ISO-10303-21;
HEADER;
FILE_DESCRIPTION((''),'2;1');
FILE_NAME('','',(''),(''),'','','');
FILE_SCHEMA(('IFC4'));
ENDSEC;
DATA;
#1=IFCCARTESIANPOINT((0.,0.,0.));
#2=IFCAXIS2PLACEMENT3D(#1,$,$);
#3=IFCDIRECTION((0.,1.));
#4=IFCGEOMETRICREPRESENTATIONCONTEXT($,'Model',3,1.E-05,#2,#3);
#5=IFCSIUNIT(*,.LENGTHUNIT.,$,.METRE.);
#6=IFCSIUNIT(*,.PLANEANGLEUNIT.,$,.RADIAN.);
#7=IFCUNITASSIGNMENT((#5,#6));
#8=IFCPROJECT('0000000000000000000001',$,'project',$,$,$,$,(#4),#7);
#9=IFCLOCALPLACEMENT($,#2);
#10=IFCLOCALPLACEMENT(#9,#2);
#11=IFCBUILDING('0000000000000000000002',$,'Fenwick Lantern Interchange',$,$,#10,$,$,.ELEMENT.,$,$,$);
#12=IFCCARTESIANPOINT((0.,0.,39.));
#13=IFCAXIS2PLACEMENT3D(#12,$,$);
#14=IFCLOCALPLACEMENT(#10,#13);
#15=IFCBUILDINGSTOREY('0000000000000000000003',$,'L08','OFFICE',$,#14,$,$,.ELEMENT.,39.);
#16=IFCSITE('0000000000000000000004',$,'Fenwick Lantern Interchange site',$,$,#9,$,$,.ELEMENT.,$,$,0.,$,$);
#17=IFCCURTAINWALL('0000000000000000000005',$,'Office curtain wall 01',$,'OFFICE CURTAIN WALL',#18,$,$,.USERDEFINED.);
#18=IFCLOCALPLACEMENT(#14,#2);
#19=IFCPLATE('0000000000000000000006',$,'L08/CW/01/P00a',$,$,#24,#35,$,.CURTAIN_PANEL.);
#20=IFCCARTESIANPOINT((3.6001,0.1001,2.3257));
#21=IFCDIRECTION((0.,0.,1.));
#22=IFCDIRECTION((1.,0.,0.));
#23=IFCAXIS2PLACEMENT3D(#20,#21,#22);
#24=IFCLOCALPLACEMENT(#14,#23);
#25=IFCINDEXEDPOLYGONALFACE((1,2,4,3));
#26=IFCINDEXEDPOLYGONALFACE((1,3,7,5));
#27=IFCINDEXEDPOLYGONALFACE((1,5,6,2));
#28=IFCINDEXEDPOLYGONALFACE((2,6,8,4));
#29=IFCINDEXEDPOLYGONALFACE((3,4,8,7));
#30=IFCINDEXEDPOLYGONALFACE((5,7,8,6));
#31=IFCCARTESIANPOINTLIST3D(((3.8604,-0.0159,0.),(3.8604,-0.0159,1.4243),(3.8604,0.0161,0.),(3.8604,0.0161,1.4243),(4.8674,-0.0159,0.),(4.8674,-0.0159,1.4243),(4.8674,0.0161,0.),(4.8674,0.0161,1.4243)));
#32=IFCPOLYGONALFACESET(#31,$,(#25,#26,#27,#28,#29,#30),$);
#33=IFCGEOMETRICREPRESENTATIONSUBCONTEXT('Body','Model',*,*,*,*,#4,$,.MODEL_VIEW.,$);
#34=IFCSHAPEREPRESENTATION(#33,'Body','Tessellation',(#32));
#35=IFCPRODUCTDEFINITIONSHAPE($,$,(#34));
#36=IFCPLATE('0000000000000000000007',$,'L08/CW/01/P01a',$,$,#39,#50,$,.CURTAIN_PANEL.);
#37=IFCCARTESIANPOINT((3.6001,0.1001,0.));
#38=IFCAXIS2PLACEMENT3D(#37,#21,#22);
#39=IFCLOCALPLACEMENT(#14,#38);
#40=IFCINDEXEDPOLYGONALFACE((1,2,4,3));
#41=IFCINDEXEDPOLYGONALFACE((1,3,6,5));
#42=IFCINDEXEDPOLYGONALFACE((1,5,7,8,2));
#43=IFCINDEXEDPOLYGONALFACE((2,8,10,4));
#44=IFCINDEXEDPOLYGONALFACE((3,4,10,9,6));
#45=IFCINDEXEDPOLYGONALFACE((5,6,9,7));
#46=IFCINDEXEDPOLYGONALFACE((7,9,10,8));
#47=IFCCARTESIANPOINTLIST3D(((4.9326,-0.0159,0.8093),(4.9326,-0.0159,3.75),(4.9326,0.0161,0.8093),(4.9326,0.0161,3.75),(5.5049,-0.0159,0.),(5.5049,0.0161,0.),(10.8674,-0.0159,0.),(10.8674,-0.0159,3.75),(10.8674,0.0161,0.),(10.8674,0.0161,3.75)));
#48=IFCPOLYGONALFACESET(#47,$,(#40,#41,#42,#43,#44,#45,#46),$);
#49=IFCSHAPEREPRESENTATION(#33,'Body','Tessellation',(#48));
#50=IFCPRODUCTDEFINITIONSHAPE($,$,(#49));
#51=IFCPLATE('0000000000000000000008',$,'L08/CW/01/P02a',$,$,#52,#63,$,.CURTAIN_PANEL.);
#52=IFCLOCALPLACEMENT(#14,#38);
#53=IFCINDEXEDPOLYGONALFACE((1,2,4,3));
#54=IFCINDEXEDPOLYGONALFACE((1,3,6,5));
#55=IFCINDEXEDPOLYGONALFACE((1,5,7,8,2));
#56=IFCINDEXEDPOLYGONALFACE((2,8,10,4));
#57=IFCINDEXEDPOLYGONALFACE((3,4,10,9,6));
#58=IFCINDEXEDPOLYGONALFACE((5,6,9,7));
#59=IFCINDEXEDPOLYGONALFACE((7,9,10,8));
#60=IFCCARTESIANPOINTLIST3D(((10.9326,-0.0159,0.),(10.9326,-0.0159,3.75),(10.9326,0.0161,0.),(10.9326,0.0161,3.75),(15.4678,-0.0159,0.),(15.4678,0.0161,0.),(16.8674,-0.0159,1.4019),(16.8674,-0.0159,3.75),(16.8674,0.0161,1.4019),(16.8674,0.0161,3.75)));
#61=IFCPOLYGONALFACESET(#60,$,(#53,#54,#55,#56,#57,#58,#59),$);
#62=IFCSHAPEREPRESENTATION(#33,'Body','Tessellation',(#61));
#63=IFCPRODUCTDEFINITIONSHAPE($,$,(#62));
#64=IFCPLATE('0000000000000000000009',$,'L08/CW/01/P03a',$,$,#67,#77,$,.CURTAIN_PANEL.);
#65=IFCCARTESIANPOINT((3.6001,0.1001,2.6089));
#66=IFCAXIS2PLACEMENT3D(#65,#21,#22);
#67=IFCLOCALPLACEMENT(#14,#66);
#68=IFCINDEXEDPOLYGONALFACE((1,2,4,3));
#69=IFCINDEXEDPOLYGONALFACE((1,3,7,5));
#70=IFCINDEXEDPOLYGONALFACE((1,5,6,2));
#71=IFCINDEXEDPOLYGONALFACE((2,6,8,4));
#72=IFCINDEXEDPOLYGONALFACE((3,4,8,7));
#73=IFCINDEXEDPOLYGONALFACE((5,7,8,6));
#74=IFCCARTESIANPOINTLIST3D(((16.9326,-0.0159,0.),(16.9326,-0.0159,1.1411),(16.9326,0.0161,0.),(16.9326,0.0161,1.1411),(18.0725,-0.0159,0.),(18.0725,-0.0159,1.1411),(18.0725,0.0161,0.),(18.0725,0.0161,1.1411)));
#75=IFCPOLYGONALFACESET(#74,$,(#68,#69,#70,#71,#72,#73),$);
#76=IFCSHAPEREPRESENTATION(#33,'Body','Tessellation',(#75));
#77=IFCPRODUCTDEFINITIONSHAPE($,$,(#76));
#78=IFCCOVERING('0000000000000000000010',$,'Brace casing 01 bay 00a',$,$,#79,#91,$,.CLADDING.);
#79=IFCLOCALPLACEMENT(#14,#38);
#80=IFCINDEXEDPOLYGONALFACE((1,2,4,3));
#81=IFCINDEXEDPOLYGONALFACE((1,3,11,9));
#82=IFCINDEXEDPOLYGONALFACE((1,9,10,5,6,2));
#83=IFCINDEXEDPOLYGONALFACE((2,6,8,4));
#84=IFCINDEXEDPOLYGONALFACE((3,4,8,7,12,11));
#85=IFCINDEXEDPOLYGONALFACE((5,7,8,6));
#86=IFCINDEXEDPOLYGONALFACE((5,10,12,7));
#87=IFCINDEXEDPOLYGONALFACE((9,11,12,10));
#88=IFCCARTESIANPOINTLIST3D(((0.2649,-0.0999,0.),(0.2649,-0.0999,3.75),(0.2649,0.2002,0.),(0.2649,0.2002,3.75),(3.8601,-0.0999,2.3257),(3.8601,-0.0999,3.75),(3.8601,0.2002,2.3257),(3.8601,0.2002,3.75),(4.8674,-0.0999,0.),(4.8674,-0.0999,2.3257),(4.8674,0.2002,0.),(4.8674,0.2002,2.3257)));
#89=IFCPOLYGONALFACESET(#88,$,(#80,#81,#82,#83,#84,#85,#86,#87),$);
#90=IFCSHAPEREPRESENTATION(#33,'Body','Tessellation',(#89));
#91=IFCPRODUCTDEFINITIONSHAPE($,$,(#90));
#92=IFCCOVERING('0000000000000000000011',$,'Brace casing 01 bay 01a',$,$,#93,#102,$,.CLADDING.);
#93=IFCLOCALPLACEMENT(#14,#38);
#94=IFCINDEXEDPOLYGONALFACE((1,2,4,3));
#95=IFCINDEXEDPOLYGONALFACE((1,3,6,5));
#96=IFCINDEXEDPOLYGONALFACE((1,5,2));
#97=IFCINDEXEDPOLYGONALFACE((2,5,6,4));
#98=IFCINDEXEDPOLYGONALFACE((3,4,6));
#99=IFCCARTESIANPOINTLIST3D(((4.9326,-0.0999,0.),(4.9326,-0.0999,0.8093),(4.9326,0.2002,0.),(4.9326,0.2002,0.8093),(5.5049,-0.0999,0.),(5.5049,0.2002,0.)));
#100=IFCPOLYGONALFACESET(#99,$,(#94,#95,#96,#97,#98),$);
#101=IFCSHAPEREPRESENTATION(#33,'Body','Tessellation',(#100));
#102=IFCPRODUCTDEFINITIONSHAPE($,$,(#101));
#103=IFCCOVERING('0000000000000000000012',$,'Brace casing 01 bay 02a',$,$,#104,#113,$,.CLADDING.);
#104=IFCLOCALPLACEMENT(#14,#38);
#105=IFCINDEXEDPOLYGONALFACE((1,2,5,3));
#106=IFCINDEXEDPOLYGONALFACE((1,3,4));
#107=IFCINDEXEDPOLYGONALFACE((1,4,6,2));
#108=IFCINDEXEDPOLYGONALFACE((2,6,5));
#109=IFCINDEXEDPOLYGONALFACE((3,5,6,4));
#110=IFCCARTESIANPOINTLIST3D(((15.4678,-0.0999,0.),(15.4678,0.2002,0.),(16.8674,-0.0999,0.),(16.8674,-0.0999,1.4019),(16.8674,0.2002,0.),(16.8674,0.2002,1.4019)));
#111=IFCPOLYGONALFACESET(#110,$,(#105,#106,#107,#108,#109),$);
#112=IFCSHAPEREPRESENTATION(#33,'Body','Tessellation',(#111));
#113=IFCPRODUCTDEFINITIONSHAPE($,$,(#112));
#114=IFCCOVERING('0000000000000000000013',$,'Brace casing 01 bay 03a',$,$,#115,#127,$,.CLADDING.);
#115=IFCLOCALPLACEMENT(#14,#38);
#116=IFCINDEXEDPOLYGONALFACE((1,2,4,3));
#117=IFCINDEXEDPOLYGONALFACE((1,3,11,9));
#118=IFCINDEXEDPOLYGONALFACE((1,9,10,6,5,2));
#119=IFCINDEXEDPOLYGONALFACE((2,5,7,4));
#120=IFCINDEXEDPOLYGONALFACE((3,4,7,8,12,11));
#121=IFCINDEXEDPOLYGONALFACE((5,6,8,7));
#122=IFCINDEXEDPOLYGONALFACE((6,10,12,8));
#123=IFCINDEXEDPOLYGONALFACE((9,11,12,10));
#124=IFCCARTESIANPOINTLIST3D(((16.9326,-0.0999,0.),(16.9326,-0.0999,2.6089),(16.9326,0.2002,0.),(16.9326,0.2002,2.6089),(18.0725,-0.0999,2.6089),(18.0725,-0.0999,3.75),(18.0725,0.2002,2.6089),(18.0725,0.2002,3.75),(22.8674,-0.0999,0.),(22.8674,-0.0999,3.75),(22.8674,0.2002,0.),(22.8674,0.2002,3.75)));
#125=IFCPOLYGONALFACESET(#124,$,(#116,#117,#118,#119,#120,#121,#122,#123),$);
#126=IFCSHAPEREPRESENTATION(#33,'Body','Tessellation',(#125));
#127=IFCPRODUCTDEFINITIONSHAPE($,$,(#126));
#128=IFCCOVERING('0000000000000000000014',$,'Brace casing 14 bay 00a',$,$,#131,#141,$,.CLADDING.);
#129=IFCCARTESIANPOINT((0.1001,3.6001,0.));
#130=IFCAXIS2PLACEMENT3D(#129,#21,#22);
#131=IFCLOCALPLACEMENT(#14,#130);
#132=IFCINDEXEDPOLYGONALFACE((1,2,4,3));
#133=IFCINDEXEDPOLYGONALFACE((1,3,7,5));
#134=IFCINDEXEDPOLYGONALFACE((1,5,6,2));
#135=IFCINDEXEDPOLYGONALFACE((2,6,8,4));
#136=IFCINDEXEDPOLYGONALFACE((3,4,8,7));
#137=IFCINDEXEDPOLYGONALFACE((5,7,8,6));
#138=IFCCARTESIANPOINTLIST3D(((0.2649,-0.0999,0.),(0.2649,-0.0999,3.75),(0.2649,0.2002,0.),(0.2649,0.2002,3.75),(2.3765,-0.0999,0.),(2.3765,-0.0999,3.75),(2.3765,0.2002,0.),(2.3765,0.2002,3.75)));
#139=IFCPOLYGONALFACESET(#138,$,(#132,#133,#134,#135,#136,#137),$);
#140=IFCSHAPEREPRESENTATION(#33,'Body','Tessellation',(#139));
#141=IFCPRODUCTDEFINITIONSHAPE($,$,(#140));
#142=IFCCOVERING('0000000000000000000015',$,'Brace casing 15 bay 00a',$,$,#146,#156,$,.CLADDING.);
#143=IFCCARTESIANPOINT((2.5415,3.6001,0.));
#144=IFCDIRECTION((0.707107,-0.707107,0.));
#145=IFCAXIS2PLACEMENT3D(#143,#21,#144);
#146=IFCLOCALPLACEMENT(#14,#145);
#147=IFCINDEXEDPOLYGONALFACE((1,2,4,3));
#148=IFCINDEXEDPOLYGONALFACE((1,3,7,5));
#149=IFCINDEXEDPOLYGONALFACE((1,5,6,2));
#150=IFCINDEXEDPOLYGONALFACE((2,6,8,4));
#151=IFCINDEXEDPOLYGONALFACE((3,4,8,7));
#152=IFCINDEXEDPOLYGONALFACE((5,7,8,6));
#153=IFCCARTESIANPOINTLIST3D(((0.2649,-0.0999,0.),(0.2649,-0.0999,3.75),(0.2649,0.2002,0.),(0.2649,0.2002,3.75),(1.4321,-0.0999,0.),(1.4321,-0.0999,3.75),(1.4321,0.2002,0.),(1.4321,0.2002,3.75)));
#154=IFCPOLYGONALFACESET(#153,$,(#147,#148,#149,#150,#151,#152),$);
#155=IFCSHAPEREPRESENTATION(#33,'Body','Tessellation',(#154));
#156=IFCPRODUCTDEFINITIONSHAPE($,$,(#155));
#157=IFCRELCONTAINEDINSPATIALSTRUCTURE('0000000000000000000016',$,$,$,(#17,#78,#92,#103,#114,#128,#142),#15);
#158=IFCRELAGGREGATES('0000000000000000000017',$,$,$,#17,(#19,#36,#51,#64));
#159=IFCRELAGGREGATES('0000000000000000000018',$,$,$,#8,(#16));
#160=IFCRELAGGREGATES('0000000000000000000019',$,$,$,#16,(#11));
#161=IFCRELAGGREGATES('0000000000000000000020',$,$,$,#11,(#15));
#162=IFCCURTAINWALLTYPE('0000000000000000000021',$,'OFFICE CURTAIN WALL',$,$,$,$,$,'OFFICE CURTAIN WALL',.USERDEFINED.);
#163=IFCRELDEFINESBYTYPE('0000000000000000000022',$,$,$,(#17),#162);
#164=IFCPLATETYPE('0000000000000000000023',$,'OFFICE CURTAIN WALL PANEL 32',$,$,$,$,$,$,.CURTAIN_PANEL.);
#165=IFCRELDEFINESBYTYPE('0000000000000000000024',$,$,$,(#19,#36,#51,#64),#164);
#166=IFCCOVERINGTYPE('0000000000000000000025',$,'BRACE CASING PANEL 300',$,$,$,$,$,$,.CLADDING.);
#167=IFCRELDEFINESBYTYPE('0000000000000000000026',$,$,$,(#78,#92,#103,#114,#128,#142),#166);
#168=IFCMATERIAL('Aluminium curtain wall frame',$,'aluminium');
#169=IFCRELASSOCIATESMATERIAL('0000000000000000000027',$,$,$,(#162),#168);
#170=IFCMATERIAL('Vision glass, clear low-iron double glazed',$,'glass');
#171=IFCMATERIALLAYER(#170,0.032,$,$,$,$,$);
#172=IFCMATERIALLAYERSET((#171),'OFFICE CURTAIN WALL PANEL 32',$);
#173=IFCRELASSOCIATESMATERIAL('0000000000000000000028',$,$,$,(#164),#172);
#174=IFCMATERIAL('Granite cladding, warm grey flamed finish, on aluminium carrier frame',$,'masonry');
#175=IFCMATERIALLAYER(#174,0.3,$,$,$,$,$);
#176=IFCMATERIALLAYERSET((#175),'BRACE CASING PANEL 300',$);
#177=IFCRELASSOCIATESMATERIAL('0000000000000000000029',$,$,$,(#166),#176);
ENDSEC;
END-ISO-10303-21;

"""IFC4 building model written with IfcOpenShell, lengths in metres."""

from ifc_helpers import new_model, si_unit, direction, frame, origin, place, context, subcontext, project, spatial, polyline, outline, extrude, material, layer, layer_set, type_object, element, aggregate, save


model = new_model("IFC4")

# Units and contexts
model_context = context("Model", 3, precision=1e-05, world=origin(), true_north=direction((0.0, 1.0)))
body_context = subcontext(model_context, "Body", "Model", "MODEL_VIEW")
ifc_project = project(units=[si_unit("LENGTHUNIT", "METRE"), si_unit("PLANEANGLEUNIT", "RADIAN")], contexts=[model_context])

# Site, building, storey
site_placement = place(None, origin())
site = spatial("IfcSite", under=ifc_project, at=site_placement, Name="Fenwick Lantern Interchange site", CompositionType="ELEMENT", RefElevation=0.0)
building_placement = place(site_placement, origin())
building = spatial("IfcBuilding", under=site, at=building_placement, Name="Fenwick Lantern Interchange", CompositionType="ELEMENT")
storey_placement = place(building_placement, frame((0.0, 0.0, 39.0)))
storey = spatial("IfcBuildingStorey", under=building, at=storey_placement, Name="L08", Description="OFFICE", CompositionType="ELEMENT", Elevation=39.0)

# Shared definitions
ifc_material_1 = material(Name="Aluminium curtain wall frame", Category="aluminium")
curtain_wall_type = type_object("IfcCurtainWallType", Name="OFFICE CURTAIN WALL", ElementType="OFFICE CURTAIN WALL", PredefinedType="USERDEFINED", material=ifc_material_1)

# Curtain wall, plates
curtain_wall_1_placement = place(storey_placement, origin())
curtain_wall_1 = element("IfcCurtainWall", 1, at=curtain_wall_1_placement, inside=storey, type_object=curtain_wall_type, Name="Office curtain wall 01", ObjectType="OFFICE CURTAIN WALL", PredefinedType="USERDEFINED")
ifc_material_2 = material(Name="Vision glass, clear low-iron double glazed", Category="glass")
ifc_layer_1 = layer(ifc_material_2, 0.032)
ifc_layer_set_1 = layer_set([ifc_layer_1], Name="OFFICE CURTAIN WALL PANEL 32")
plate_type = type_object("IfcPlateType", Name="OFFICE CURTAIN WALL PANEL 32", PredefinedType="CURTAIN_PANEL", material=ifc_layer_set_1)
plate_1_placement = place(storey_placement, frame((3.6001, 0.1001, 2.3257), z_axis=(0.0, 0.0, 1.0), x_axis=(1.0, 0.0, 0.0)))
plate_1 = element("IfcPlate", 2, at=plate_1_placement, type_object=plate_type, Name="L08/CW/01/P00a", PredefinedType="CURTAIN_PANEL", context=body_context, shape_type="SweptSolid", body=[
    extrude(outline(polyline([(3.8604, 0.0), (4.8674, 0.0), (4.8674, 1.4243), (3.8604, 1.4243), (3.8604, 0.0)])), frame((0.0, 0.0161, 0.0), z_axis=(0.0, -1.0, 0.0), x_axis=(1.0, 0.0, 0.0)), (0.0, 0.0, 1.0), 0.032),
])
plate_2_placement = place(storey_placement, frame((3.6001, 0.1001, 0.0), z_axis=(0.0, 0.0, 1.0), x_axis=(1.0, 0.0, 0.0)))
plate_2 = element("IfcPlate", 3, at=plate_2_placement, type_object=plate_type, Name="L08/CW/01/P01a", PredefinedType="CURTAIN_PANEL", context=body_context, shape_type="SweptSolid", body=[
    extrude(outline(polyline([(5.5049, 0.0), (10.8674, 0.0), (10.8674, 3.75), (4.9326, 3.75), (4.9326, 0.8093), (5.5049, 0.0)])), frame((0.0, 0.0161, 0.0), z_axis=(0.0, -1.0, 0.0), x_axis=(1.0, 0.0, 0.0)), (0.0, 0.0, 1.0), 0.032),
])
plate_3_placement = place(storey_placement, frame((3.6001, 0.1001, 0.0), z_axis=(0.0, 0.0, 1.0), x_axis=(1.0, 0.0, 0.0)))
plate_3 = element("IfcPlate", 4, at=plate_3_placement, type_object=plate_type, Name="L08/CW/01/P02a", PredefinedType="CURTAIN_PANEL", context=body_context, shape_type="SweptSolid", body=[
    extrude(outline(polyline([(10.9326, 0.0), (15.4678, 0.0), (16.8674, 1.4019), (16.8674, 3.75), (10.9326, 3.75), (10.9326, 0.0)])), frame((0.0, 0.0161, 0.0), z_axis=(0.0, -1.0, 0.0), x_axis=(1.0, 0.0, 0.0)), (0.0, 0.0, 1.0), 0.032),
])
plate_4_placement = place(storey_placement, frame((3.6001, 0.1001, 2.6089), z_axis=(0.0, 0.0, 1.0), x_axis=(1.0, 0.0, 0.0)))
plate_4 = element("IfcPlate", 5, at=plate_4_placement, type_object=plate_type, Name="L08/CW/01/P03a", PredefinedType="CURTAIN_PANEL", context=body_context, shape_type="SweptSolid", body=[
    extrude(outline(polyline([(16.9326, 0.0), (18.0725, 0.0), (18.0725, 1.1411), (16.9326, 1.1411), (16.9326, 0.0)])), frame((0.0, 0.0161, 0.0), z_axis=(0.0, -1.0, 0.0), x_axis=(1.0, 0.0, 0.0)), (0.0, 0.0, 1.0), 0.032),
])
aggregate(curtain_wall_1, [plate_1, plate_2, plate_3, plate_4])

# Coverings
ifc_material_3 = material(Name="Granite cladding, warm grey flamed finish, on aluminium carrier frame", Category="masonry")
ifc_layer_2 = layer(ifc_material_3, 0.3)
ifc_layer_set_2 = layer_set([ifc_layer_2], Name="BRACE CASING PANEL 300")
covering_type_1 = type_object("IfcCoveringType", Name="BRACE CASING PANEL 300", PredefinedType="CLADDING", material=ifc_layer_set_2)
covering_1_placement = place(storey_placement, frame((3.6001, 0.1001, 0.0), z_axis=(0.0, 0.0, 1.0), x_axis=(1.0, 0.0, 0.0)))
element("IfcCovering", 6, at=covering_1_placement, inside=storey, type_object=covering_type_1, Name="Brace casing 01 bay 00a", PredefinedType="CLADDING", context=body_context, shape_type="SweptSolid", body=[
    extrude(outline(polyline([(0.2649, 0.0), (4.8674, 0.0), (4.8674, 2.3257), (3.8601, 2.3257), (3.8601, 3.75), (0.2649, 3.75), (0.2649, 0.0)])), frame((0.0, 0.2002, 0.0), z_axis=(0.0, -1.0, 0.0), x_axis=(1.0, 0.0, 0.0)), (0.0, 0.0, 1.0), 0.3),
])
covering_2_placement = place(storey_placement, frame((3.6001, 0.1001, 0.0), z_axis=(0.0, 0.0, 1.0), x_axis=(1.0, 0.0, 0.0)))
element("IfcCovering", 7, at=covering_2_placement, inside=storey, type_object=covering_type_1, Name="Brace casing 01 bay 01a", PredefinedType="CLADDING", context=body_context, shape_type="SweptSolid", body=[
    extrude(outline(polyline([(4.9326, 0.0), (5.5049, 0.0), (4.9326, 0.8093), (4.9326, 0.0)])), frame((0.0, 0.2002, 0.0), z_axis=(0.0, -1.0, 0.0), x_axis=(1.0, 0.0, 0.0)), (0.0, 0.0, 1.0), 0.3),
])
covering_3_placement = place(storey_placement, frame((3.6001, 0.1001, 0.0), z_axis=(0.0, 0.0, 1.0), x_axis=(1.0, 0.0, 0.0)))
element("IfcCovering", 8, at=covering_3_placement, inside=storey, type_object=covering_type_1, Name="Brace casing 01 bay 02a", PredefinedType="CLADDING", context=body_context, shape_type="SweptSolid", body=[
    extrude(outline(polyline([(15.4678, 0.0), (16.8674, 0.0), (16.8674, 1.4019), (15.4678, 0.0)])), frame((0.0, 0.2002, 0.0), z_axis=(0.0, -1.0, 0.0), x_axis=(1.0, 0.0, 0.0)), (0.0, 0.0, 1.0), 0.3),
])
covering_4_placement = place(storey_placement, frame((3.6001, 0.1001, 0.0), z_axis=(0.0, 0.0, 1.0), x_axis=(1.0, 0.0, 0.0)))
element("IfcCovering", 9, at=covering_4_placement, inside=storey, type_object=covering_type_1, Name="Brace casing 01 bay 03a", PredefinedType="CLADDING", context=body_context, shape_type="SweptSolid", body=[
    extrude(outline(polyline([(16.9326, 0.0), (22.8674, 0.0), (22.8674, 3.75), (18.0725, 3.75), (18.0725, 2.6089), (16.9326, 2.6089), (16.9326, 0.0)])), frame((0.0, 0.2002, 0.0), z_axis=(0.0, -1.0, 0.0), x_axis=(1.0, 0.0, 0.0)), (0.0, 0.0, 1.0), 0.3),
])
covering_5_placement = place(storey_placement, frame((0.1001, 3.6001, 0.0), z_axis=(0.0, 0.0, 1.0), x_axis=(1.0, 0.0, 0.0)))
element("IfcCovering", 10, at=covering_5_placement, inside=storey, type_object=covering_type_1, Name="Brace casing 14 bay 00a", PredefinedType="CLADDING", context=body_context, shape_type="SweptSolid", body=[
    extrude(outline(polyline([(0.2649, 0.0), (2.3765, 0.0), (2.3765, 3.75), (0.2649, 3.75), (0.2649, 0.0)])), frame((0.0, 0.2002, 0.0), z_axis=(0.0, -1.0, 0.0), x_axis=(1.0, 0.0, 0.0)), (0.0, 0.0, 1.0), 0.3),
])
covering_6_placement = place(storey_placement, frame((2.5415, 3.6001, 0.0), z_axis=(0.0, 0.0, 1.0), x_axis=(0.707107, -0.707107, 0.0)))
element("IfcCovering", 11, at=covering_6_placement, inside=storey, type_object=covering_type_1, Name="Brace casing 15 bay 00a", PredefinedType="CLADDING", context=body_context, shape_type="SweptSolid", body=[
    extrude(outline(polyline([(0.2649, 0.0), (1.4321, 0.0), (1.4321, 3.75), (0.2649, 3.75), (0.2649, 0.0)])), frame((0.0, 0.2002, 0.0), z_axis=(0.0, -1.0, 0.0), x_axis=(1.0, 0.0, 0.0)), (0.0, 0.0, 1.0), 0.3),
])

save(model, "model.ifc")
